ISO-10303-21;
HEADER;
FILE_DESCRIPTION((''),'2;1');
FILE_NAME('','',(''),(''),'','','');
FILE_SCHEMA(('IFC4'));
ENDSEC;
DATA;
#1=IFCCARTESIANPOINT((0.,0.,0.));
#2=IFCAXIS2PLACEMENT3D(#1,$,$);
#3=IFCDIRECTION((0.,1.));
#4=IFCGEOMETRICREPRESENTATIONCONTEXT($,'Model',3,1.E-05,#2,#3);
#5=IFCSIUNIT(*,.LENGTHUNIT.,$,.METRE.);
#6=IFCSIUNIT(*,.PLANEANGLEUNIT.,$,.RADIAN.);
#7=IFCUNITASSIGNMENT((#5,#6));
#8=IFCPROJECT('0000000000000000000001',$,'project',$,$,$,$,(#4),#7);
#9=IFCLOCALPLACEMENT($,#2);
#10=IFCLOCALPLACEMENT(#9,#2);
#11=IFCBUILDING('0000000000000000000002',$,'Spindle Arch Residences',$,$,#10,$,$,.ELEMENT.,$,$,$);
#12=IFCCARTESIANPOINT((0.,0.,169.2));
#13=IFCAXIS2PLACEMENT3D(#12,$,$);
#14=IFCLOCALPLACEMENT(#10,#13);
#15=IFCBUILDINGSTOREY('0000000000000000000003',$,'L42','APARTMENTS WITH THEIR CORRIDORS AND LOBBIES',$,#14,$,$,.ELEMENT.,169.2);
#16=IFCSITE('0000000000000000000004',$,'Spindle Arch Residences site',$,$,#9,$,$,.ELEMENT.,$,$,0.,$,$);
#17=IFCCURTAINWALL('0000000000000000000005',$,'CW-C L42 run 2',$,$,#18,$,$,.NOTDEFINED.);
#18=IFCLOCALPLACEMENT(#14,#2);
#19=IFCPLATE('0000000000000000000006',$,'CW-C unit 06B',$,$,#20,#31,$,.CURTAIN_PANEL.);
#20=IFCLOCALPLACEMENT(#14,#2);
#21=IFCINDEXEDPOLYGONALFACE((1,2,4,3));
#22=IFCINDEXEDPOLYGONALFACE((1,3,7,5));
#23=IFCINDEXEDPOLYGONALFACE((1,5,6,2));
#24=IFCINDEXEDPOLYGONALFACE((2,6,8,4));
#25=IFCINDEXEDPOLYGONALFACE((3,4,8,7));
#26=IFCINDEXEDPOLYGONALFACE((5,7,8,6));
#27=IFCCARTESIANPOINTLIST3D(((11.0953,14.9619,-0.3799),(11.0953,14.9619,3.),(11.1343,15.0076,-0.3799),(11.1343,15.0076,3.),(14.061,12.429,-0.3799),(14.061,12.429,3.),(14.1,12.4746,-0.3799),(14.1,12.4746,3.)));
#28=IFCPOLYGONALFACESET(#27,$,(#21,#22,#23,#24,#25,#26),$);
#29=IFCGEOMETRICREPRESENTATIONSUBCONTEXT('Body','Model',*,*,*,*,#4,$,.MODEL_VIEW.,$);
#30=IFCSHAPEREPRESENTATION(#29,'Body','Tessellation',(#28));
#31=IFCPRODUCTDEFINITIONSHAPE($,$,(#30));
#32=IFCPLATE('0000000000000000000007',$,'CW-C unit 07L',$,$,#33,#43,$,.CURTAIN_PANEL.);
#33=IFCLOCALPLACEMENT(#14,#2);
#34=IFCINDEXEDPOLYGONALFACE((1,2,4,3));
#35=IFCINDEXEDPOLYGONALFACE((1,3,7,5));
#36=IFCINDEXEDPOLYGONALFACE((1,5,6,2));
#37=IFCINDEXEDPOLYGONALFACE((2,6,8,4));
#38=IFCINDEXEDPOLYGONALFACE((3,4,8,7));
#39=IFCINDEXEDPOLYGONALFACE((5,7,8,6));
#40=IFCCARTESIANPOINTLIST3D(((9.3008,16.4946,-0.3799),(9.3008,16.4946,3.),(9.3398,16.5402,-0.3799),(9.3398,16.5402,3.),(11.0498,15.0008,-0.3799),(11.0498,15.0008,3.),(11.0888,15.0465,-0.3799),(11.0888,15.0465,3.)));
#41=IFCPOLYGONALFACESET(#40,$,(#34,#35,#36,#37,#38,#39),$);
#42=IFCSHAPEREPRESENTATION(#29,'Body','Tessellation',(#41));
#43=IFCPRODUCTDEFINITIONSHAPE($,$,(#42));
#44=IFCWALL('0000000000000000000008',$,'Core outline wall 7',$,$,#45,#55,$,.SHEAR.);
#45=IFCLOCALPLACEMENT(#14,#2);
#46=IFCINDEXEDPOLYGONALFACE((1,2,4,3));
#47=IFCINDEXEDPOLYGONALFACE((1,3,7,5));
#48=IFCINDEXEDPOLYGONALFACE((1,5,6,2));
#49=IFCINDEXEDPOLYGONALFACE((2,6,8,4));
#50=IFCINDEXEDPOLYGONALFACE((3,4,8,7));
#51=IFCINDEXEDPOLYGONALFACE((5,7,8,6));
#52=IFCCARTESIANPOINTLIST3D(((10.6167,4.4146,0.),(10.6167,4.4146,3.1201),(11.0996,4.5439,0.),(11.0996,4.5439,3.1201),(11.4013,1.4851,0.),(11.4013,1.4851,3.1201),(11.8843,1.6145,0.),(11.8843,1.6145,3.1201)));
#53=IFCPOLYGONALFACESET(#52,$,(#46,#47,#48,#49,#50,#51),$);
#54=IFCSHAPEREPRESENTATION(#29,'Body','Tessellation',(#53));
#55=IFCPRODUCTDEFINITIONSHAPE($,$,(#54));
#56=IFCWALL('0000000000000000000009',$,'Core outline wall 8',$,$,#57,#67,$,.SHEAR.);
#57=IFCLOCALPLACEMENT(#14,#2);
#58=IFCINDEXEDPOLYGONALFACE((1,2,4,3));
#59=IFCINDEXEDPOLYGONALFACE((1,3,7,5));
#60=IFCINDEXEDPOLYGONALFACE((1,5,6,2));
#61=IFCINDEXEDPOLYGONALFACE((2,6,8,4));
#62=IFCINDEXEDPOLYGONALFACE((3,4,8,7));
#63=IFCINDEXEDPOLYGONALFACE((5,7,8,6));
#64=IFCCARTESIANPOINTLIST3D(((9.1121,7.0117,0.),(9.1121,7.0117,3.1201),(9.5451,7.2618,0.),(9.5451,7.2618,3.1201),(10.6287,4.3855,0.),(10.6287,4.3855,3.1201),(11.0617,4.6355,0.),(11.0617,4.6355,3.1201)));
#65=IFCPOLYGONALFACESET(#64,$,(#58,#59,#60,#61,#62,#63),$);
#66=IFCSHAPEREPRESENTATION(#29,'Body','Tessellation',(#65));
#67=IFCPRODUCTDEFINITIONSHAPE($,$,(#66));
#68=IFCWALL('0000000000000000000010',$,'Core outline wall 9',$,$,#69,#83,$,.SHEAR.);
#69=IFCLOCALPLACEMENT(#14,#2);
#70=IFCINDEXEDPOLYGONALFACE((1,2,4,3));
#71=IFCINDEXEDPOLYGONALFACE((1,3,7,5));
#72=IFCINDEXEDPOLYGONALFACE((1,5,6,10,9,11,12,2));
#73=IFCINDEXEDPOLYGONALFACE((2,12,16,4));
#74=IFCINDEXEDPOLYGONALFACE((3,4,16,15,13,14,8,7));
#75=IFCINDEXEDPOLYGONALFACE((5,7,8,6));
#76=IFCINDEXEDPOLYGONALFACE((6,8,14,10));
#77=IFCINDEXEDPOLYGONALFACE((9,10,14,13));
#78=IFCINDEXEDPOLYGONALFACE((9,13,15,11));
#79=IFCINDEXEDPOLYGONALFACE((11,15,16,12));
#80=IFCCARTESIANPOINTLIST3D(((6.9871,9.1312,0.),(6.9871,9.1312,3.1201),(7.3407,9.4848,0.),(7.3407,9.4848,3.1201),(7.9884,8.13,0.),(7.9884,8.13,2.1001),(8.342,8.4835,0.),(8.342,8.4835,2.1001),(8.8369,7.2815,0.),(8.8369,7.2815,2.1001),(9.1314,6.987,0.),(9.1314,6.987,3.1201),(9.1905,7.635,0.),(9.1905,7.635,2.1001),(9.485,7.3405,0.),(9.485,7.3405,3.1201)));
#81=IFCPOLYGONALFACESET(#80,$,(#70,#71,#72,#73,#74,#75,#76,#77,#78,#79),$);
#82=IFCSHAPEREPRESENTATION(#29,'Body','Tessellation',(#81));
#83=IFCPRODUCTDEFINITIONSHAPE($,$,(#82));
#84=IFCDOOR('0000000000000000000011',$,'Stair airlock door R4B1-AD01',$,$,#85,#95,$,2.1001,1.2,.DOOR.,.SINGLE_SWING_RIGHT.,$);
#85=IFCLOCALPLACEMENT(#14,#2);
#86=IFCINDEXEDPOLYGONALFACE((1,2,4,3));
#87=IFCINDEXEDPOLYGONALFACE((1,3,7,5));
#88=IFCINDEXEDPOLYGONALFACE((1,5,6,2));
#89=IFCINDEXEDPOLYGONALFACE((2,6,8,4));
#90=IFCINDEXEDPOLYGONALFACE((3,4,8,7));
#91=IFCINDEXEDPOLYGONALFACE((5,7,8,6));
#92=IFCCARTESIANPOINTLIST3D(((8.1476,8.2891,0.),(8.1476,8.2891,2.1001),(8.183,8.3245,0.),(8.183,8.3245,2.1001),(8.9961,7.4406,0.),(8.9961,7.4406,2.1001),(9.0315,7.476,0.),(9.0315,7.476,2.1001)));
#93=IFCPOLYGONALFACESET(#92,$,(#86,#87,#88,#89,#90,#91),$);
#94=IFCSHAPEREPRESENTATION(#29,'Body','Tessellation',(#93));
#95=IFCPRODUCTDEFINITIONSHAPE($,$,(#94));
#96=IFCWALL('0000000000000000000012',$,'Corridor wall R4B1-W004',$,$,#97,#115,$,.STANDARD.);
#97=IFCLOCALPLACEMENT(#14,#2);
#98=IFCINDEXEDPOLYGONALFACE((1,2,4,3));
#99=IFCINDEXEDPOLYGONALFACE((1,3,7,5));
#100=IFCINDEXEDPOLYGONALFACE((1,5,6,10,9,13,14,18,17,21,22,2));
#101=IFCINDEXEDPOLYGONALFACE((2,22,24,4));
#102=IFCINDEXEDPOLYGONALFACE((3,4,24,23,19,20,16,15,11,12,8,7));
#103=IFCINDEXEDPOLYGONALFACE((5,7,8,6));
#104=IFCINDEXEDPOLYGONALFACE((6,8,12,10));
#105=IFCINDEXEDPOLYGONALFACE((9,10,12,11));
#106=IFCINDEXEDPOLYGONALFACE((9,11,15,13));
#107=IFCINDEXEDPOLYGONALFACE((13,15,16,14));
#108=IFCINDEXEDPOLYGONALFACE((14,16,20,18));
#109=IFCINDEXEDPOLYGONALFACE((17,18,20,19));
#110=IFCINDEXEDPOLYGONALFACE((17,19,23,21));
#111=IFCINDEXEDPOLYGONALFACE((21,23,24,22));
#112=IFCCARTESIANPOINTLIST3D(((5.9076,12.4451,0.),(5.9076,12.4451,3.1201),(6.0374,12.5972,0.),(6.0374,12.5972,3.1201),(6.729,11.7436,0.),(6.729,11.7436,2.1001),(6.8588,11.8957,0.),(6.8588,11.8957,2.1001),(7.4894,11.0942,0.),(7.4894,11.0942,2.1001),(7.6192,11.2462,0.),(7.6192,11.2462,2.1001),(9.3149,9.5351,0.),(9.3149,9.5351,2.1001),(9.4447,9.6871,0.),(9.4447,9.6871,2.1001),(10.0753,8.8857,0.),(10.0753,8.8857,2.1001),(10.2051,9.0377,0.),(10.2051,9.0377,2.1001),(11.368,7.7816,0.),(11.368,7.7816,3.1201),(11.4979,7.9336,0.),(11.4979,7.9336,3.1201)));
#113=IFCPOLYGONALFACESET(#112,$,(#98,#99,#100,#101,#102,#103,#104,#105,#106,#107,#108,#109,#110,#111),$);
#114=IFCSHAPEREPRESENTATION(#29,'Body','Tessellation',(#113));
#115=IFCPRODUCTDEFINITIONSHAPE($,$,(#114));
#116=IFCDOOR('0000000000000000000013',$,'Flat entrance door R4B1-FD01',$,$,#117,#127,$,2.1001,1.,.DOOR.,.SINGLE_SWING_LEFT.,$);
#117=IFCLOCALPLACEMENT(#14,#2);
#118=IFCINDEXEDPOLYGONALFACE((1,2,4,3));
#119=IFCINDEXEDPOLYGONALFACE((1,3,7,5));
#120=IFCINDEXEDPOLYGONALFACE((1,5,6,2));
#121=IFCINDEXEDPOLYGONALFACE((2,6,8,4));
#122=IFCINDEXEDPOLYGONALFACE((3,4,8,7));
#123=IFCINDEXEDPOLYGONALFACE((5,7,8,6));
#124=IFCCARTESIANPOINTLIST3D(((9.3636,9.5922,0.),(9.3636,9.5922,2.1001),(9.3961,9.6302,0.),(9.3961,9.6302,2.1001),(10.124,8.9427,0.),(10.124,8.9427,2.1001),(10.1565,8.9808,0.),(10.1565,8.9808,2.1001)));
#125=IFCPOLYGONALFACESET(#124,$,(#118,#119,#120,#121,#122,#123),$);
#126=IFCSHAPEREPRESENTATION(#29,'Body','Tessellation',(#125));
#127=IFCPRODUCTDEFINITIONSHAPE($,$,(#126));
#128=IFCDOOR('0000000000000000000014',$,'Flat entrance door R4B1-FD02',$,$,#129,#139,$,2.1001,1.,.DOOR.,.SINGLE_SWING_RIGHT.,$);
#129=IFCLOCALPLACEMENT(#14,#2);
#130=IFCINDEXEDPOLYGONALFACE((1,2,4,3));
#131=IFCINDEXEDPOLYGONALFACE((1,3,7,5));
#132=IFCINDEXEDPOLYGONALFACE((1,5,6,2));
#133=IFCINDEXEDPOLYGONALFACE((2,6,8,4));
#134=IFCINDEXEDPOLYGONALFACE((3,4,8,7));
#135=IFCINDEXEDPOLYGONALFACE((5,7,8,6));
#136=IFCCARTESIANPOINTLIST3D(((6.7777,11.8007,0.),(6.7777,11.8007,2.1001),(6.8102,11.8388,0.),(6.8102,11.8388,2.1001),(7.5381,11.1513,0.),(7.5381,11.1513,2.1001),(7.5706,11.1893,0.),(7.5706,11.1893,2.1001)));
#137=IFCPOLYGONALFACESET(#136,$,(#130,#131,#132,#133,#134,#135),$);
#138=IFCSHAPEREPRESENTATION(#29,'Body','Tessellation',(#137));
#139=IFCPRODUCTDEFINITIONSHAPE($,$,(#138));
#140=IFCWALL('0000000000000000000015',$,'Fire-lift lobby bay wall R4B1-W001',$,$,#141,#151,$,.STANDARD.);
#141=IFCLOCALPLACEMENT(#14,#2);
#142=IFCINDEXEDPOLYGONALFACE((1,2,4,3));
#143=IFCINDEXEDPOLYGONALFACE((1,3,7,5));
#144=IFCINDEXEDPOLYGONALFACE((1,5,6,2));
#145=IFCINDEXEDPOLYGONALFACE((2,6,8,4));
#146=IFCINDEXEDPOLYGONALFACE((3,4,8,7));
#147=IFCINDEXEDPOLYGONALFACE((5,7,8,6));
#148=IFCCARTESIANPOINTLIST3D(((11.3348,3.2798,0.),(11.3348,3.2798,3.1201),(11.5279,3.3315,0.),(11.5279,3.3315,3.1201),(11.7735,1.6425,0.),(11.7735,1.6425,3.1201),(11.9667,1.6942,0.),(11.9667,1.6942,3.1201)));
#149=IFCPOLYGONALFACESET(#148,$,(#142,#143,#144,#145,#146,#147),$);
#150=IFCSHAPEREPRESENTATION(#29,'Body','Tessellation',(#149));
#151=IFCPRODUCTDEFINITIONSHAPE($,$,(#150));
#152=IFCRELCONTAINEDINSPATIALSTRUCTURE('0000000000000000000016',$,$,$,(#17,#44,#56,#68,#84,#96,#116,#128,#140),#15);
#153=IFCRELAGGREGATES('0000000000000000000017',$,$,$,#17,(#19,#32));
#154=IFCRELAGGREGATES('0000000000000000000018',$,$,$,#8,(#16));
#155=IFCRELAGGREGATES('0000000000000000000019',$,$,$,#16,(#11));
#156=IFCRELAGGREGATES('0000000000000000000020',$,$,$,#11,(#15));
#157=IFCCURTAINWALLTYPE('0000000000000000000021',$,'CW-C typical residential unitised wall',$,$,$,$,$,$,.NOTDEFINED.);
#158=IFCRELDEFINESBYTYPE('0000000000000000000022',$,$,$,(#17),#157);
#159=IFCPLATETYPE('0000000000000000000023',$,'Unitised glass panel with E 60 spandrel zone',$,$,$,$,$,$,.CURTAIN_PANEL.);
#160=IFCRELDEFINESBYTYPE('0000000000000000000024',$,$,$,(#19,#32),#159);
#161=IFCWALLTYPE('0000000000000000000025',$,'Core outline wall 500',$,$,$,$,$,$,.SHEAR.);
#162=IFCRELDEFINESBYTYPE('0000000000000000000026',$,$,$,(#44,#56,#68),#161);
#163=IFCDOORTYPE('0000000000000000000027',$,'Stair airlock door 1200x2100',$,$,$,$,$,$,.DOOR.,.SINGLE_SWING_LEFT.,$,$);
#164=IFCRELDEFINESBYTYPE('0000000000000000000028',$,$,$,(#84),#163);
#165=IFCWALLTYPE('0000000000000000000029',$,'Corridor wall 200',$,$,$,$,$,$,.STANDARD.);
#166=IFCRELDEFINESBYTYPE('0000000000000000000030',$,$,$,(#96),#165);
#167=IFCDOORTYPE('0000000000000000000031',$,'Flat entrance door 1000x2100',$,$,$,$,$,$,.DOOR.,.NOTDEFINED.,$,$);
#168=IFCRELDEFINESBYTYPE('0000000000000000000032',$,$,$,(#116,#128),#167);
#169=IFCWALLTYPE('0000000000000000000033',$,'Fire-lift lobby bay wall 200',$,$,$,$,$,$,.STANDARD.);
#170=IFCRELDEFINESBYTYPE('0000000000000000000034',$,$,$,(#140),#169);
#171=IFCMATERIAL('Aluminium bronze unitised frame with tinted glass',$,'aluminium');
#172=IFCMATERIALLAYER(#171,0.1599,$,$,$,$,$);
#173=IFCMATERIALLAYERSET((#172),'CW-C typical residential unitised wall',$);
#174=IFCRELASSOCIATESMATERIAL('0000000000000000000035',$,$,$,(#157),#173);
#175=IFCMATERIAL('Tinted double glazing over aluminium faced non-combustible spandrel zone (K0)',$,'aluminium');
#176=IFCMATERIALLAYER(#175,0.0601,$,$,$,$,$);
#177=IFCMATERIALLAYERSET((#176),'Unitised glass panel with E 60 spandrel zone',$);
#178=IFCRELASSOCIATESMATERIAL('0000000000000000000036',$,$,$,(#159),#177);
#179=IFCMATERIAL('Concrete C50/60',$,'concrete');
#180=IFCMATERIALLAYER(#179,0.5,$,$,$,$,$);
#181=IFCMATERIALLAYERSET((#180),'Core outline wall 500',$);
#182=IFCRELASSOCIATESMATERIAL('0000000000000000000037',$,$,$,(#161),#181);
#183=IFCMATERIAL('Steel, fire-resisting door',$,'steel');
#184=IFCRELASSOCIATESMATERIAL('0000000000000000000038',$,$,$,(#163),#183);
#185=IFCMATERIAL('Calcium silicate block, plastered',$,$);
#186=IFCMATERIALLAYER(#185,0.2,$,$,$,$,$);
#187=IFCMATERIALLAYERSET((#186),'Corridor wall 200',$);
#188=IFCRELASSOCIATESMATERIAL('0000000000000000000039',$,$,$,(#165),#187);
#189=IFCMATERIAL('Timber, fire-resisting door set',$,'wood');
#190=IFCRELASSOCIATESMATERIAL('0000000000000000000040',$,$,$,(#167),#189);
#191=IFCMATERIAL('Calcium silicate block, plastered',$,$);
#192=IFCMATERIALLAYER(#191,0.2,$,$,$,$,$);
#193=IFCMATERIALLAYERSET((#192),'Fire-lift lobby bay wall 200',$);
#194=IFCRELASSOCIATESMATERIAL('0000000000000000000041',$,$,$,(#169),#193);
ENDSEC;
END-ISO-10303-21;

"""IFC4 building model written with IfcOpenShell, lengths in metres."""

from ifc_helpers import new_model, si_unit, direction, frame, frame_2d, origin, origin_2d, place, context, subcontext, project, spatial, rectangle, extrude, material, layer, layer_set, type_object, element, fill, aggregate, save


model = new_model("IFC4")

# Units and contexts
model_context = context("Model", 3, precision=1e-05, world=origin(), true_north=direction((0.0, 1.0)))
body_context = subcontext(model_context, "Body", "Model", "MODEL_VIEW")
ifc_project = project(units=[si_unit("LENGTHUNIT", "METRE"), si_unit("PLANEANGLEUNIT", "RADIAN")], contexts=[model_context])

# Site, building, storey
site_placement = place(None, origin())
site = spatial("IfcSite", under=ifc_project, at=site_placement, Name="Spindle Arch Residences site", CompositionType="ELEMENT", RefElevation=0.0)
building_placement = place(site_placement, origin())
building = spatial("IfcBuilding", under=site, at=building_placement, Name="Spindle Arch Residences", CompositionType="ELEMENT")
storey_placement = place(building_placement, frame((0.0, 0.0, 169.2)))
storey = spatial("IfcBuildingStorey", under=building, at=storey_placement, Name="L42", Description="APARTMENTS WITH THEIR CORRIDORS AND LOBBIES", CompositionType="ELEMENT", Elevation=169.2)

# Curtain wall
ifc_material_1 = material(Name="Aluminium bronze unitised frame with tinted glass", Category="aluminium")
ifc_layer_1 = layer(ifc_material_1, 0.1599)
ifc_layer_set_1 = layer_set([ifc_layer_1], Name="CW-C typical residential unitised wall")
curtain_wall_type = type_object("IfcCurtainWallType", Name="CW-C typical residential unitised wall", PredefinedType="NOTDEFINED", material=ifc_layer_set_1)
curtain_wall_placement = place(storey_placement, origin())
curtain_wall = element("IfcCurtainWall", 1, at=curtain_wall_placement, inside=storey, type_object=curtain_wall_type, Name="CW-C L42 run 2", PredefinedType="NOTDEFINED")

# Plates
ifc_material_2 = material(Name="Tinted double glazing over aluminium faced non-combustible spandrel zone (K0)", Category="aluminium")
ifc_layer_2 = layer(ifc_material_2, 0.0601)
ifc_layer_set_2 = layer_set([ifc_layer_2], Name="Unitised glass panel with E 60 spandrel zone")
plate_type = type_object("IfcPlateType", Name="Unitised glass panel with E 60 spandrel zone", PredefinedType="CURTAIN_PANEL", material=ifc_layer_set_2)
plate_1_placement = place(storey_placement, frame((12.5977, 13.7183, -0.3799), z_axis=(0.0, 0.0, 1.0), x_axis=(-0.760406, 0.649448, 0.0)))
plate_1 = element("IfcPlate", 2, at=plate_1_placement, type_object=plate_type, Name="CW-C unit 06B", PredefinedType="CURTAIN_PANEL", context=body_context, shape_type="SweptSolid", body=[
    extrude(rectangle(XDim=3.9001, YDim=0.0601, at=origin_2d()), origin(), (0.0, 0.0, 1.0), 3.3799),
])
plate_2_placement = place(storey_placement, frame((10.1948, 15.7705, -0.3799), z_axis=(0.0, 0.0, 1.0), x_axis=(-0.760406, 0.649448, 0.0)))
plate_2 = element("IfcPlate", 3, at=plate_2_placement, type_object=plate_type, Name="CW-C unit 07L", PredefinedType="CURTAIN_PANEL", context=body_context, shape_type="SweptSolid", body=[
    extrude(rectangle(XDim=2.3, YDim=0.0601, at=origin_2d()), origin(), (0.0, 0.0, 1.0), 3.3799),
])
aggregate(curtain_wall, [plate_1, plate_2])

# Walls
ifc_material_3 = material(Name="Concrete C50/60", Category="concrete")
ifc_layer_3 = layer(ifc_material_3, 0.5)
ifc_layer_set_3 = layer_set([ifc_layer_3], Name="Core outline wall 500")
wall_type_1 = type_object("IfcWallType", Name="Core outline wall 500", PredefinedType="SHEAR", material=ifc_layer_set_3)
for number, where, z_axis, x_axis, name in (
    (4, (11.6428, 1.5498, 0.0), (0.0, 0.0, 1.0), (-0.258735, 0.965948, 0.0), "Core outline wall 7"),
    (5, (10.8452, 4.5105, 0.0), (0.0, 0.0, 1.0), (-0.500087, 0.865975, 0.0), "Core outline wall 8"),
):
    element("IfcWall", number, at=place(storey_placement, frame(where, z_axis=z_axis, x_axis=x_axis)), inside=storey, type_object=wall_type_1, Name=name, PredefinedType="SHEAR", context=body_context, shape_type="SweptSolid", body=[
        extrude(rectangle(XDim=3.0327, YDim=0.5, at=frame_2d((1.5164, 0.0))), origin(), (0.0, 0.0, 1.0), 3.1201),
    ])

# Wall, opening, door
wall_1_placement = place(storey_placement, frame((9.3081, 7.1638, 0.0), z_axis=(0.0, 0.0, 1.0), x_axis=(-0.707107, 0.707107, 0.0)))
wall_1 = element("IfcWall", 6, at=wall_1_placement, inside=storey, type_object=wall_type_1, Name="Core outline wall 9", PredefinedType="SHEAR", context=body_context, shape_type="SweptSolid", body=[
    extrude(rectangle(XDim=3.0325, YDim=0.5, at=frame_2d((1.5161, 0.0))), origin(), (0.0, 0.0, 1.0), 3.1201),
])
opening_1_placement = place(wall_1_placement, frame((0.4163, 0.0, 0.0)))
opening_1 = element("IfcOpeningElement", 7, at=opening_1_placement, cuts=wall_1, PredefinedType="OPENING", context=body_context, shape_type="SweptSolid", body=[
    extrude(rectangle(XDim=1.2, YDim=2.1001, at=frame_2d((0.6001, 1.05))), frame((0.0, 0.26, 0.0), z_axis=(0.0, -1.0, 0.0), x_axis=(1.0, 0.0, 0.0)), (0.0, 0.0, 1.0), 0.52),
])
ifc_material_4 = material(Name="Steel, fire-resisting door", Category="steel")
door_type_1 = type_object("IfcDoorType", Name="Stair airlock door 1200x2100", OperationType="SINGLE_SWING_LEFT", PredefinedType="DOOR", material=ifc_material_4)
door_1_placement = place(opening_1_placement, origin())
door_1 = element("IfcDoor", 8, at=door_1_placement, inside=storey, type_object=door_type_1, Name="Stair airlock door R4B1-AD01", OperationType="SINGLE_SWING_RIGHT", OverallHeight=2.1001, OverallWidth=1.2, PredefinedType="DOOR", context=body_context, shape_type="SweptSolid", body=[
    extrude(rectangle(XDim=1.2, YDim=2.1001, at=frame_2d((0.6001, 1.05))), frame((0.0, 0.0249, 0.0), z_axis=(0.0, -1.0, 0.0), x_axis=(1.0, 0.0, 0.0)), (0.0, 0.0, 1.0), 0.05),
])
fill(opening_1, door_1)

# Wall, openings, doors
ifc_material_5 = material(Name="Calcium silicate block, plastered")
ifc_layer_4 = layer(ifc_material_5, 0.2)
ifc_layer_set_4 = layer_set([ifc_layer_4], Name="Corridor wall 200")
wall_type_2 = type_object("IfcWallType", Name="Corridor wall 200", PredefinedType="STANDARD", material=ifc_layer_set_4)
wall_2_placement = place(storey_placement, frame((11.4329, 7.8577, 0.0), z_axis=(0.0, 0.0, 1.0), x_axis=(-0.760412, 0.649441, 0.0)))
wall_2 = element("IfcWall", 9, at=wall_2_placement, inside=storey, type_object=wall_type_2, Name="Corridor wall R4B1-W004", PredefinedType="STANDARD", context=body_context, shape_type="SweptSolid", body=[
    extrude(rectangle(XDim=7.1809, YDim=0.2, at=frame_2d((3.5903, 0.0))), origin(), (0.0, 0.0, 1.0), 3.1201),
])
opening_2_placement = place(wall_2_placement, frame((1.7, 0.0, 0.0)))
opening_2 = element("IfcOpeningElement", 10, at=opening_2_placement, cuts=wall_2, PredefinedType="OPENING", context=body_context, shape_type="SweptSolid", body=[
    extrude(rectangle(XDim=1.0, YDim=2.1001, at=frame_2d((0.5, 1.05))), frame((0.0, 0.1099, 0.0), z_axis=(0.0, -1.0, 0.0), x_axis=(1.0, 0.0, 0.0)), (0.0, 0.0, 1.0), 0.22),
])
opening_3_placement = place(wall_2_placement, frame((5.1006, 0.0, 0.0)))
opening_3 = element("IfcOpeningElement", 11, at=opening_3_placement, cuts=wall_2, PredefinedType="OPENING", context=body_context, shape_type="SweptSolid", body=[
    extrude(rectangle(XDim=1.0, YDim=2.1001, at=frame_2d((0.5, 1.05))), frame((0.0, 0.1099, 0.0), z_axis=(0.0, -1.0, 0.0), x_axis=(1.0, 0.0, 0.0)), (0.0, 0.0, 1.0), 0.22),
])
ifc_material_6 = material(Name="Timber, fire-resisting door set", Category="wood")
door_type_2 = type_object("IfcDoorType", Name="Flat entrance door 1000x2100", OperationType="NOTDEFINED", PredefinedType="DOOR", material=ifc_material_6)
door_2_placement = place(opening_2_placement, origin())
door_2 = element("IfcDoor", 12, at=door_2_placement, inside=storey, type_object=door_type_2, Name="Flat entrance door R4B1-FD01", OperationType="SINGLE_SWING_LEFT", OverallHeight=2.1001, OverallWidth=1.0, PredefinedType="DOOR", context=body_context, shape_type="SweptSolid", body=[
    extrude(rectangle(XDim=1.0, YDim=2.1001, at=frame_2d((0.5, 1.05))), frame((0.0, 0.0249, 0.0), z_axis=(0.0, -1.0, 0.0), x_axis=(1.0, 0.0, 0.0)), (0.0, 0.0, 1.0), 0.05),
])
fill(opening_2, door_2)
door_3_placement = place(opening_3_placement, origin())
door_3 = element("IfcDoor", 13, at=door_3_placement, inside=storey, type_object=door_type_2, Name="Flat entrance door R4B1-FD02", OperationType="SINGLE_SWING_RIGHT", OverallHeight=2.1001, OverallWidth=1.0, PredefinedType="DOOR", context=body_context, shape_type="SweptSolid", body=[
    extrude(rectangle(XDim=1.0, YDim=2.1001, at=frame_2d((0.5, 1.05))), frame((0.0, 0.0249, 0.0), z_axis=(0.0, -1.0, 0.0), x_axis=(1.0, 0.0, 0.0)), (0.0, 0.0, 1.0), 0.05),
])
fill(opening_3, door_3)

# Wall
ifc_material_7 = material(Name="Calcium silicate block, plastered")
ifc_layer_5 = layer(ifc_material_7, 0.2)
ifc_layer_set_5 = layer_set([ifc_layer_5], Name="Fire-lift lobby bay wall 200")
wall_type_3 = type_object("IfcWallType", Name="Fire-lift lobby bay wall 200", PredefinedType="STANDARD", material=ifc_layer_set_5)
wall_3_placement = place(storey_placement, frame((11.8701, 1.6682, 0.0), z_axis=(0.0, 0.0, 1.0), x_axis=(-0.258837, 0.965921, 0.0)))
element("IfcWall", 14, at=wall_3_placement, inside=storey, type_object=wall_type_3, Name="Fire-lift lobby bay wall R4B1-W001", PredefinedType="STANDARD", context=body_context, shape_type="SweptSolid", body=[
    extrude(rectangle(XDim=1.6951, YDim=0.2, at=frame_2d((0.8477, 0.0))), origin(), (0.0, 0.0, 1.0), 3.1201),
])

save(model, "model.ifc")
